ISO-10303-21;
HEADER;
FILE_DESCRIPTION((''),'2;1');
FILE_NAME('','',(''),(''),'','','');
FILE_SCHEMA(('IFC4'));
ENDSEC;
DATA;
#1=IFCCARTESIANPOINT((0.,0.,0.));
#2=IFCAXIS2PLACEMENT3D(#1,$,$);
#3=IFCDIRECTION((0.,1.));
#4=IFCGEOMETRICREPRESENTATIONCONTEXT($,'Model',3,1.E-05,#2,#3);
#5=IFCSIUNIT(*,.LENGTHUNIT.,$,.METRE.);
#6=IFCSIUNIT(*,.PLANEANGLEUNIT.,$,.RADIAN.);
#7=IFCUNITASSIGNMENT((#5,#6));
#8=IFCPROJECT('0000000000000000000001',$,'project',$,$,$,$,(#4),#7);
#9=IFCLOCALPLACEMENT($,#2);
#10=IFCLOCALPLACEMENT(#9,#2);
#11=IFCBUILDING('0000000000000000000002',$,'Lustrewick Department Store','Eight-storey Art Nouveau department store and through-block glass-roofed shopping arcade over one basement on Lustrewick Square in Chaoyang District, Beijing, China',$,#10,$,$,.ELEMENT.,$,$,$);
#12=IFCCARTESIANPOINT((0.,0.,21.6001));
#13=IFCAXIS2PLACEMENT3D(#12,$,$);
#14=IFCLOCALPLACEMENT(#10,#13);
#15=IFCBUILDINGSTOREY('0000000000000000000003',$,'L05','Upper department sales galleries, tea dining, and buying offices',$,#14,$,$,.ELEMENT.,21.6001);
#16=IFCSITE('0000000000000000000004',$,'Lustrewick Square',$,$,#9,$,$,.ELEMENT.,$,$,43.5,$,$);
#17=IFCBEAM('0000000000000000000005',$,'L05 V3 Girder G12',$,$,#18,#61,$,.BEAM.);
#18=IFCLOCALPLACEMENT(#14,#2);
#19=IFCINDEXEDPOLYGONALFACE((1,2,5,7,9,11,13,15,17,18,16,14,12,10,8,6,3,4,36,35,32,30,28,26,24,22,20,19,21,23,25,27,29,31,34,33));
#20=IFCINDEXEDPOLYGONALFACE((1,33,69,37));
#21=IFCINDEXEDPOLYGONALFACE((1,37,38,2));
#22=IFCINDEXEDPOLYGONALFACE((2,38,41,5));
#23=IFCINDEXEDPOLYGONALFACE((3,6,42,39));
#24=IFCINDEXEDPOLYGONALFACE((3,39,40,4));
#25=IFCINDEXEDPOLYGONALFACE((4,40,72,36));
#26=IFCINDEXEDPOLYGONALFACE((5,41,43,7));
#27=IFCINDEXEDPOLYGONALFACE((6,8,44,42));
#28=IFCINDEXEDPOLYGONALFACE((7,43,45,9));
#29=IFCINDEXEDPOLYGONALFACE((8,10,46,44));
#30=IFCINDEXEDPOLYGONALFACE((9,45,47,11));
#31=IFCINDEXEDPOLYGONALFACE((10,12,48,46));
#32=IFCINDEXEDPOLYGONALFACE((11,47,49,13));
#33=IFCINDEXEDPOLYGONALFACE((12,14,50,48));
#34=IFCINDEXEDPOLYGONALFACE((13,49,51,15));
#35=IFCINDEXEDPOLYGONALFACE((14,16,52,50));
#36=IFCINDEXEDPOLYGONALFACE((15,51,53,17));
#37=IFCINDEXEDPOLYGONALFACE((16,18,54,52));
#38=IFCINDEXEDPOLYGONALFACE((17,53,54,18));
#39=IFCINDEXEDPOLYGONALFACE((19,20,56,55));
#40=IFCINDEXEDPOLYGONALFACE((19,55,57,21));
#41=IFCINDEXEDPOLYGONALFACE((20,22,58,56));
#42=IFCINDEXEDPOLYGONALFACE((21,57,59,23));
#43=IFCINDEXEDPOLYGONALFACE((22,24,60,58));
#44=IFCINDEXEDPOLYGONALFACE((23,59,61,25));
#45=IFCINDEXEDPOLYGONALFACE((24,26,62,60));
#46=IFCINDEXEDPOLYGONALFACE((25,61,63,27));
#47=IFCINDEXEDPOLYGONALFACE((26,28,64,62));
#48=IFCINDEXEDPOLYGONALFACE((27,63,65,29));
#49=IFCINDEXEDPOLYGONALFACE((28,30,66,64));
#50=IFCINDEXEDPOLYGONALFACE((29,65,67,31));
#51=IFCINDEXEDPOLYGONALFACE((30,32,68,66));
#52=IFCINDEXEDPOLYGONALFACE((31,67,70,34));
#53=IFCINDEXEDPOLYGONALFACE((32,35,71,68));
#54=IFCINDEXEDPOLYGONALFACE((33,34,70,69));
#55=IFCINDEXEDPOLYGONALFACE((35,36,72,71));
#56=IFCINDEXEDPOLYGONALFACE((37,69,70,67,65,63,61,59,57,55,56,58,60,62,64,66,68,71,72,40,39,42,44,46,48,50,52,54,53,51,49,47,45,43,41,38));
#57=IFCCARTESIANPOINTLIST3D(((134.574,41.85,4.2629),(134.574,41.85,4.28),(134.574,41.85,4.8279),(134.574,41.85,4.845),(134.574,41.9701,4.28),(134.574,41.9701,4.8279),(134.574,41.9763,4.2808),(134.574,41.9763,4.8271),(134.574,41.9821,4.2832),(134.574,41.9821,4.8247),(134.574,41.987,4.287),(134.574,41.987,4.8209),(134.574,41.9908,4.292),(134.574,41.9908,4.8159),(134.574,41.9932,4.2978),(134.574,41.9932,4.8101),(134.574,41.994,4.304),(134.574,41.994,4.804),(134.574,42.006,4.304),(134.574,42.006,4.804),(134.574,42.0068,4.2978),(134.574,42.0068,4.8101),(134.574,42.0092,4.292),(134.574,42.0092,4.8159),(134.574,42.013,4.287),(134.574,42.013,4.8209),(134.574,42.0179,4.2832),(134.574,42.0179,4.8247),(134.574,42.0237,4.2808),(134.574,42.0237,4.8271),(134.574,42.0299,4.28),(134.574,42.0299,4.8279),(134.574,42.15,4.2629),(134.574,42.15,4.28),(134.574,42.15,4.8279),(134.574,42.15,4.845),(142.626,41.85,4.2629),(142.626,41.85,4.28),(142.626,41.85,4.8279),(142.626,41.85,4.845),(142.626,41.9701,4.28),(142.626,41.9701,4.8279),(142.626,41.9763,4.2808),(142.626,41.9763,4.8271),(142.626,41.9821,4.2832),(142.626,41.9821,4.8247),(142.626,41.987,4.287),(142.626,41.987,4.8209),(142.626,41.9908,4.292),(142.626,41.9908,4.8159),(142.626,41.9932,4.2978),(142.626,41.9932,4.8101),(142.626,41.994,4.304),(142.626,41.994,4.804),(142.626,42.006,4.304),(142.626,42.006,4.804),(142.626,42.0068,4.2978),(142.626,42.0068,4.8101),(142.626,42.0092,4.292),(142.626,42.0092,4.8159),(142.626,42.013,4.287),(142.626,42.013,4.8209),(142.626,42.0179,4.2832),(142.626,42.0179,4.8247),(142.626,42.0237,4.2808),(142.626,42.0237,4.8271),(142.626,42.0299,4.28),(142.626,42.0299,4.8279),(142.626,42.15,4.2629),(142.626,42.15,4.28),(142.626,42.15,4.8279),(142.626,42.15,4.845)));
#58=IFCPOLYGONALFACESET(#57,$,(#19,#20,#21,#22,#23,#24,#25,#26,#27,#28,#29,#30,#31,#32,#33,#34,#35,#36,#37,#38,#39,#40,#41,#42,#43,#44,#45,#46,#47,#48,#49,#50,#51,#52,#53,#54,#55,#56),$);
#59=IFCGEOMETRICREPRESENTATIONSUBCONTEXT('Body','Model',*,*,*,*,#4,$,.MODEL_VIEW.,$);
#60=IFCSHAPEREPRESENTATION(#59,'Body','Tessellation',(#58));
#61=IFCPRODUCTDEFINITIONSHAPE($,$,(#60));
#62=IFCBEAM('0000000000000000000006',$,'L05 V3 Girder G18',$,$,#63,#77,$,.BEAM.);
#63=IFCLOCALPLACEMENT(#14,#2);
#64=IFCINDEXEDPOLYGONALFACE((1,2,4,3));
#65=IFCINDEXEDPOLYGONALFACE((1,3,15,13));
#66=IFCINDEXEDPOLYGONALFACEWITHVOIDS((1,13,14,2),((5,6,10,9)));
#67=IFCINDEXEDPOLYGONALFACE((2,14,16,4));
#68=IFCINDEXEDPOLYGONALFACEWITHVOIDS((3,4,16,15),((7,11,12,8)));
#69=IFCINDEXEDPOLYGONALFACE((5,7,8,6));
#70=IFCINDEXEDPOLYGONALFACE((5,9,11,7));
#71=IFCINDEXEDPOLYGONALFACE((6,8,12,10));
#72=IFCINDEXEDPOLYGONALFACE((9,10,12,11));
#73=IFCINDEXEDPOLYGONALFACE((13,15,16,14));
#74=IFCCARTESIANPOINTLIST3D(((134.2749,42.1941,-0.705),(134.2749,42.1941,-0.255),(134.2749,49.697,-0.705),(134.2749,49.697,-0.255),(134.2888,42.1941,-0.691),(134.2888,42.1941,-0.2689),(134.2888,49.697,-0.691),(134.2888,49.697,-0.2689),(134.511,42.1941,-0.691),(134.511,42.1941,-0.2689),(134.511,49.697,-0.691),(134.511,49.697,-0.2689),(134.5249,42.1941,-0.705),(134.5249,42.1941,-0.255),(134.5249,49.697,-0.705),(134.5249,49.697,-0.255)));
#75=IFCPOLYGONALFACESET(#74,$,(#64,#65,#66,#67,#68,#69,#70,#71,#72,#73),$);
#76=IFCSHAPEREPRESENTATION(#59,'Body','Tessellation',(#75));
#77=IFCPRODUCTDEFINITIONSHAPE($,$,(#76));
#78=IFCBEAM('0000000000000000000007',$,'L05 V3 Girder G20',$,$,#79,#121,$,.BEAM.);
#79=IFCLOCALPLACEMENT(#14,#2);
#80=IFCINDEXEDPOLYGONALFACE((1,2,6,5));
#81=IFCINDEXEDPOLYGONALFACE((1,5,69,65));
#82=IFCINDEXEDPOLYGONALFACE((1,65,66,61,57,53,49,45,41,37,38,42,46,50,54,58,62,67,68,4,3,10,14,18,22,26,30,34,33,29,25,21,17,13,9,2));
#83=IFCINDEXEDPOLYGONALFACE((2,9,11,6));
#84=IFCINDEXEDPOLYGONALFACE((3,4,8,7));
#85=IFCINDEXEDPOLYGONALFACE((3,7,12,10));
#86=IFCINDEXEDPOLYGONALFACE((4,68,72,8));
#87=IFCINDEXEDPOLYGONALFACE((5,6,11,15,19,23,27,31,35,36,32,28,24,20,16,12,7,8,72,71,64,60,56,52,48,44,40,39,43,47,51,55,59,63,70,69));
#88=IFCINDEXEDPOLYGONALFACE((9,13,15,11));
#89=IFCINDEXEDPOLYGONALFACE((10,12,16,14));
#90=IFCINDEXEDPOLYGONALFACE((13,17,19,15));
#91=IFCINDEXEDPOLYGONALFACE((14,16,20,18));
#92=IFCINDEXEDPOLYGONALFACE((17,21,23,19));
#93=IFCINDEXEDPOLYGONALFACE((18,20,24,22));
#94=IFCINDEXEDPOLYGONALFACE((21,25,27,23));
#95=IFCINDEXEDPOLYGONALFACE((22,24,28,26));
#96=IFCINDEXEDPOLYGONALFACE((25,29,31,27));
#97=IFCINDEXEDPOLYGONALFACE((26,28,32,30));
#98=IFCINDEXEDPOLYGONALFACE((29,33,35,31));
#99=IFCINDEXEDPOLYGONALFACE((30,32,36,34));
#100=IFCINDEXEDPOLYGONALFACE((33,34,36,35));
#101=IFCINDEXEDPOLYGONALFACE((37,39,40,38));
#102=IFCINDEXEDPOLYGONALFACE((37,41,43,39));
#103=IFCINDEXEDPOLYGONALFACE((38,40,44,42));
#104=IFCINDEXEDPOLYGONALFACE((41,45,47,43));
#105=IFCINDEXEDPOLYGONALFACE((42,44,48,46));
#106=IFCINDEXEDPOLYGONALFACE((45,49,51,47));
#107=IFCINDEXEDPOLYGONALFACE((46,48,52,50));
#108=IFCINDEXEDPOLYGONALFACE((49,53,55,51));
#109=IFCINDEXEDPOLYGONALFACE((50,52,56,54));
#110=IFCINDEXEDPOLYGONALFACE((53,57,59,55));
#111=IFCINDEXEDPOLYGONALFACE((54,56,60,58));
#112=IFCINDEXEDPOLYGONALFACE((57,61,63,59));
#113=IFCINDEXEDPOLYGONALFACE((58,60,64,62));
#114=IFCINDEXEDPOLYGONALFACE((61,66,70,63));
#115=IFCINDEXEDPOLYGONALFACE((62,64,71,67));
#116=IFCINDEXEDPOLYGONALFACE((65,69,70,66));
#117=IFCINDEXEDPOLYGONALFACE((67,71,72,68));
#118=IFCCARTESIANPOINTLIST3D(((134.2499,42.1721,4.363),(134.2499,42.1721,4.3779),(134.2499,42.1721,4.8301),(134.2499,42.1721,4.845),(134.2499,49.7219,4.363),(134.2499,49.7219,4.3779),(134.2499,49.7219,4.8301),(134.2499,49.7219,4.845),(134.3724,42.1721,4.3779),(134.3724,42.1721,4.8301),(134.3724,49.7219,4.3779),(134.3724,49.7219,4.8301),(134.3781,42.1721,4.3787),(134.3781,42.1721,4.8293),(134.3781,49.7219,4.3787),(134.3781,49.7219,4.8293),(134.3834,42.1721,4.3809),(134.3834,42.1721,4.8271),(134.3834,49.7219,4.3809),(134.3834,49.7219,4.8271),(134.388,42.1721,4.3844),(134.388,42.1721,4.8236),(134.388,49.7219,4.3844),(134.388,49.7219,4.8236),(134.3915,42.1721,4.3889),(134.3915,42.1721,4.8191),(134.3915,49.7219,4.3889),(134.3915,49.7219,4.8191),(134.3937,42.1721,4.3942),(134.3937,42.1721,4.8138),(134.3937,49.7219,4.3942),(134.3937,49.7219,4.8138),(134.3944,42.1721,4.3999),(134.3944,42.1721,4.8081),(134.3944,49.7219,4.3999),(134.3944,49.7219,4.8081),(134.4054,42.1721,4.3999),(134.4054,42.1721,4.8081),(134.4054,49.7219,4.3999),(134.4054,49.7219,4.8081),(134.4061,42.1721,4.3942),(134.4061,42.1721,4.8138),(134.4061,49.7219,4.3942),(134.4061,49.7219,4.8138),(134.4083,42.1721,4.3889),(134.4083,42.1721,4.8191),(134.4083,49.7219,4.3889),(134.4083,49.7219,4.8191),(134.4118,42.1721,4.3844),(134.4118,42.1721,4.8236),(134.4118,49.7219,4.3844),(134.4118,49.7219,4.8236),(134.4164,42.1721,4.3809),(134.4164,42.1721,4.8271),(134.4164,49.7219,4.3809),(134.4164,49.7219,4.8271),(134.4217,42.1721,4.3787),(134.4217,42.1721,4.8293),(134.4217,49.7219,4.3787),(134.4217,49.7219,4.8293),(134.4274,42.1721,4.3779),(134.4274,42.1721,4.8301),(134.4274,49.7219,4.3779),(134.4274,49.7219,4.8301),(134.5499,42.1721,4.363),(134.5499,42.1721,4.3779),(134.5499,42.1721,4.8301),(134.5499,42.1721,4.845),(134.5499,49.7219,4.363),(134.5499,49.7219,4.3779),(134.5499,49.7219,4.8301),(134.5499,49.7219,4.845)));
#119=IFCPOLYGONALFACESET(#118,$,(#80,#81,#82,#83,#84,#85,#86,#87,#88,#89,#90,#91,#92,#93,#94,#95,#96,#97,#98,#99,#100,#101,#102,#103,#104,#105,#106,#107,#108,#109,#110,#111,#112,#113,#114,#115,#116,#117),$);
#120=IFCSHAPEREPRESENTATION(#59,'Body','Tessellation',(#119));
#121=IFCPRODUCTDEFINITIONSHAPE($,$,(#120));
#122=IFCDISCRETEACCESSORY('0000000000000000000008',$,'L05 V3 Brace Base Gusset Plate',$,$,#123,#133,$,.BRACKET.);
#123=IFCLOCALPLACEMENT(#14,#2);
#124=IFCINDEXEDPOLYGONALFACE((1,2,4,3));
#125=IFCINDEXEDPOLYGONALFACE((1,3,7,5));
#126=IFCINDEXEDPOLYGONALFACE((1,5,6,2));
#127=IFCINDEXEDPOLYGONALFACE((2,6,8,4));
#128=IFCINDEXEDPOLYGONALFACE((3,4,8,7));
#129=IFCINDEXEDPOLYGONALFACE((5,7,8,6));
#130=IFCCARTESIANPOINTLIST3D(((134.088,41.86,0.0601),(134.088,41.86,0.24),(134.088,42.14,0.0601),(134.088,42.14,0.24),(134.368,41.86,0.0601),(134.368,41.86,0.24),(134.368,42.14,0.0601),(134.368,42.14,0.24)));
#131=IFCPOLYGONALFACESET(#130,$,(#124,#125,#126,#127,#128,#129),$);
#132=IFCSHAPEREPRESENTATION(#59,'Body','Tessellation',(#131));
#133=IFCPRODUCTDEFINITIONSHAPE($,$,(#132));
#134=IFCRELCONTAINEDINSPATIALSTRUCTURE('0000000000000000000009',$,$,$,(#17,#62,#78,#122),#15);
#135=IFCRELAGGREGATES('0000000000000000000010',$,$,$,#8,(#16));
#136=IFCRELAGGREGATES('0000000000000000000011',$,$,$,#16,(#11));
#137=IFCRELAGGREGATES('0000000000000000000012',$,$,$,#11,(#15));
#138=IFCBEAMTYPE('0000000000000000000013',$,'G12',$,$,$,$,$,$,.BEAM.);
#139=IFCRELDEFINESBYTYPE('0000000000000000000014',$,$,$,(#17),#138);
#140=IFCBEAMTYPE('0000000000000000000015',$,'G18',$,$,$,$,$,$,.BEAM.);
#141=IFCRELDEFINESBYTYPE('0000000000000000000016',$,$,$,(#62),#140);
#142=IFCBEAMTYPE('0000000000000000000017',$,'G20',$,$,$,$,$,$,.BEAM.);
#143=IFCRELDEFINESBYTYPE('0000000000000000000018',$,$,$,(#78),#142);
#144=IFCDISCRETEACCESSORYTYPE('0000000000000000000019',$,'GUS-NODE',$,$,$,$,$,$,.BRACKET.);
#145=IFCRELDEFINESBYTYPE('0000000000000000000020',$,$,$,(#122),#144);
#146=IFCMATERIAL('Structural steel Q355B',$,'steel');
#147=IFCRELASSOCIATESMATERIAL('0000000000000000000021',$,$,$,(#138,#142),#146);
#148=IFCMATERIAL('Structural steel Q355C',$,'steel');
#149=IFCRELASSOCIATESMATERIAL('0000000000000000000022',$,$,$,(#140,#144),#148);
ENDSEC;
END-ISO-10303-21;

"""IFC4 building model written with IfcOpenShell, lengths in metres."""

from ifc_helpers import new_model, si_unit, direction, frame, origin, origin_2d, place, context, subcontext, project, spatial, rectangle, hollow_rectangle, i_section, extrude, material, material_profile, profile_set, type_object, element, save


model = new_model("IFC4")

# Units and contexts
model_context = context("Model", 3, precision=1e-05, world=origin(), true_north=direction((0.0, 1.0)))
body_context = subcontext(model_context, "Body", "Model", "MODEL_VIEW")
ifc_project = project(units=[si_unit("LENGTHUNIT", "METRE"), si_unit("PLANEANGLEUNIT", "RADIAN")], contexts=[model_context])

# Site, building, storey
site_placement = place(None, origin())
site = spatial("IfcSite", under=ifc_project, at=site_placement, Name="Lustrewick Square", CompositionType="ELEMENT", RefElevation=43.5)
building_placement = place(site_placement, origin())
building = spatial("IfcBuilding", under=site, at=building_placement, Name="Lustrewick Department Store", Description="Eight-storey Art Nouveau department store and through-block glass-roofed shopping arcade over one basement on Lustrewick Square in Chaoyang District, Beijing, China", CompositionType="ELEMENT")
storey_placement = place(building_placement, frame((0.0, 0.0, 21.6001)))
storey = spatial("IfcBuildingStorey", under=building, at=storey_placement, Name="L05", Description="Upper department sales galleries, tea dining, and buying offices", CompositionType="ELEMENT", Elevation=21.6001)

# Shared definitions
ifc_material_1 = material(Name="Structural steel Q355B", Category="steel")

# Beams
ifc_material_2 = material(Name="Structural steel Q355C", Category="steel")
ifc_material_profile_1 = material_profile(ifc_material_1, i_section(OverallWidth=0.3, OverallDepth=0.582, WebThickness=0.012, FlangeThickness=0.0171, FilletRadius=0.0239, at=origin_2d()), Name="HM 582x300x12x17")
ifc_profile_set_1 = profile_set([ifc_material_profile_1], Name="Structural steel Q355B")
beam_type_1 = type_object("IfcBeamType", Name="G12", PredefinedType="BEAM", material=ifc_profile_set_1)
beam_1_placement = place(storey_placement, frame((134.574, 42.0, 4.554), z_axis=(1.0, 0.0, 0.0), x_axis=(0.0, 1.0, 0.0)))
element("IfcBeam", 1, at=beam_1_placement, inside=storey, type_object=beam_type_1, Name="L05 V3 Girder G12", PredefinedType="BEAM", context=body_context, shape_type="SweptSolid", body=[
    extrude(i_section(OverallWidth=0.3, OverallDepth=0.582, WebThickness=0.012, FlangeThickness=0.0171, FilletRadius=0.0239, at=origin_2d()), origin(), (0.0, 0.0, 1.0), 8.052),
])
ifc_material_profile_2 = material_profile(ifc_material_2, hollow_rectangle(XDim=0.25, YDim=0.45, WallThickness=0.0139, at=origin_2d()), Name="RHS 450x250x14")
ifc_profile_set_2 = profile_set([ifc_material_profile_2], Name="Structural steel Q355C")
beam_type_2 = type_object("IfcBeamType", Name="G18", PredefinedType="BEAM", material=ifc_profile_set_2)
beam_2_placement = place(storey_placement, frame((134.3999, 42.1941, -0.48), z_axis=(0.0, 1.0, 0.0), x_axis=(-1.0, 0.0, 0.0)))
element("IfcBeam", 2, at=beam_2_placement, inside=storey, type_object=beam_type_2, Name="L05 V3 Girder G18", PredefinedType="BEAM", context=body_context, shape_type="SweptSolid", body=[
    extrude(hollow_rectangle(XDim=0.25, YDim=0.45, WallThickness=0.0139, at=origin_2d()), origin(), (0.0, 0.0, 1.0), 7.5029),
])
ifc_material_profile_3 = material_profile(ifc_material_1, i_section(OverallWidth=0.3, OverallDepth=0.4819, WebThickness=0.011, FlangeThickness=0.0149, FilletRadius=0.022, at=origin_2d()), Name="HM 482x300x11x15")
ifc_profile_set_3 = profile_set([ifc_material_profile_3], Name="Structural steel Q355B")
beam_type_3 = type_object("IfcBeamType", Name="G20", PredefinedType="BEAM", material=ifc_profile_set_3)
beam_3_placement = place(storey_placement, frame((134.3999, 42.1721, 4.604), z_axis=(0.0, 1.0, 0.0), x_axis=(-1.0, 0.0, 0.0)))
element("IfcBeam", 3, at=beam_3_placement, inside=storey, type_object=beam_type_3, Name="L05 V3 Girder G20", PredefinedType="BEAM", context=body_context, shape_type="SweptSolid", body=[
    extrude(i_section(OverallWidth=0.3, OverallDepth=0.4819, WebThickness=0.011, FlangeThickness=0.0149, FilletRadius=0.022, at=origin_2d()), origin(), (0.0, 0.0, 1.0), 7.5498),
])

# Discrete accessory
discrete_accessory_type = type_object("IfcDiscreteAccessoryType", Name="GUS-NODE", PredefinedType="BRACKET", material=ifc_material_2)
discrete_accessory_placement = place(storey_placement, frame((134.228, 42.0, 0.0601), z_axis=(0.0, 0.0, 1.0), x_axis=(1.0, 0.0, 0.0)))
element("IfcDiscreteAccessory", 4, at=discrete_accessory_placement, inside=storey, type_object=discrete_accessory_type, Name="L05 V3 Brace Base Gusset Plate", PredefinedType="BRACKET", context=body_context, shape_type="SweptSolid", body=[
    extrude(rectangle(XDim=0.28, YDim=0.28, at=origin_2d()), origin(), (0.0, 0.0, 1.0), 0.1799),
])

save(model, "model.ifc")
